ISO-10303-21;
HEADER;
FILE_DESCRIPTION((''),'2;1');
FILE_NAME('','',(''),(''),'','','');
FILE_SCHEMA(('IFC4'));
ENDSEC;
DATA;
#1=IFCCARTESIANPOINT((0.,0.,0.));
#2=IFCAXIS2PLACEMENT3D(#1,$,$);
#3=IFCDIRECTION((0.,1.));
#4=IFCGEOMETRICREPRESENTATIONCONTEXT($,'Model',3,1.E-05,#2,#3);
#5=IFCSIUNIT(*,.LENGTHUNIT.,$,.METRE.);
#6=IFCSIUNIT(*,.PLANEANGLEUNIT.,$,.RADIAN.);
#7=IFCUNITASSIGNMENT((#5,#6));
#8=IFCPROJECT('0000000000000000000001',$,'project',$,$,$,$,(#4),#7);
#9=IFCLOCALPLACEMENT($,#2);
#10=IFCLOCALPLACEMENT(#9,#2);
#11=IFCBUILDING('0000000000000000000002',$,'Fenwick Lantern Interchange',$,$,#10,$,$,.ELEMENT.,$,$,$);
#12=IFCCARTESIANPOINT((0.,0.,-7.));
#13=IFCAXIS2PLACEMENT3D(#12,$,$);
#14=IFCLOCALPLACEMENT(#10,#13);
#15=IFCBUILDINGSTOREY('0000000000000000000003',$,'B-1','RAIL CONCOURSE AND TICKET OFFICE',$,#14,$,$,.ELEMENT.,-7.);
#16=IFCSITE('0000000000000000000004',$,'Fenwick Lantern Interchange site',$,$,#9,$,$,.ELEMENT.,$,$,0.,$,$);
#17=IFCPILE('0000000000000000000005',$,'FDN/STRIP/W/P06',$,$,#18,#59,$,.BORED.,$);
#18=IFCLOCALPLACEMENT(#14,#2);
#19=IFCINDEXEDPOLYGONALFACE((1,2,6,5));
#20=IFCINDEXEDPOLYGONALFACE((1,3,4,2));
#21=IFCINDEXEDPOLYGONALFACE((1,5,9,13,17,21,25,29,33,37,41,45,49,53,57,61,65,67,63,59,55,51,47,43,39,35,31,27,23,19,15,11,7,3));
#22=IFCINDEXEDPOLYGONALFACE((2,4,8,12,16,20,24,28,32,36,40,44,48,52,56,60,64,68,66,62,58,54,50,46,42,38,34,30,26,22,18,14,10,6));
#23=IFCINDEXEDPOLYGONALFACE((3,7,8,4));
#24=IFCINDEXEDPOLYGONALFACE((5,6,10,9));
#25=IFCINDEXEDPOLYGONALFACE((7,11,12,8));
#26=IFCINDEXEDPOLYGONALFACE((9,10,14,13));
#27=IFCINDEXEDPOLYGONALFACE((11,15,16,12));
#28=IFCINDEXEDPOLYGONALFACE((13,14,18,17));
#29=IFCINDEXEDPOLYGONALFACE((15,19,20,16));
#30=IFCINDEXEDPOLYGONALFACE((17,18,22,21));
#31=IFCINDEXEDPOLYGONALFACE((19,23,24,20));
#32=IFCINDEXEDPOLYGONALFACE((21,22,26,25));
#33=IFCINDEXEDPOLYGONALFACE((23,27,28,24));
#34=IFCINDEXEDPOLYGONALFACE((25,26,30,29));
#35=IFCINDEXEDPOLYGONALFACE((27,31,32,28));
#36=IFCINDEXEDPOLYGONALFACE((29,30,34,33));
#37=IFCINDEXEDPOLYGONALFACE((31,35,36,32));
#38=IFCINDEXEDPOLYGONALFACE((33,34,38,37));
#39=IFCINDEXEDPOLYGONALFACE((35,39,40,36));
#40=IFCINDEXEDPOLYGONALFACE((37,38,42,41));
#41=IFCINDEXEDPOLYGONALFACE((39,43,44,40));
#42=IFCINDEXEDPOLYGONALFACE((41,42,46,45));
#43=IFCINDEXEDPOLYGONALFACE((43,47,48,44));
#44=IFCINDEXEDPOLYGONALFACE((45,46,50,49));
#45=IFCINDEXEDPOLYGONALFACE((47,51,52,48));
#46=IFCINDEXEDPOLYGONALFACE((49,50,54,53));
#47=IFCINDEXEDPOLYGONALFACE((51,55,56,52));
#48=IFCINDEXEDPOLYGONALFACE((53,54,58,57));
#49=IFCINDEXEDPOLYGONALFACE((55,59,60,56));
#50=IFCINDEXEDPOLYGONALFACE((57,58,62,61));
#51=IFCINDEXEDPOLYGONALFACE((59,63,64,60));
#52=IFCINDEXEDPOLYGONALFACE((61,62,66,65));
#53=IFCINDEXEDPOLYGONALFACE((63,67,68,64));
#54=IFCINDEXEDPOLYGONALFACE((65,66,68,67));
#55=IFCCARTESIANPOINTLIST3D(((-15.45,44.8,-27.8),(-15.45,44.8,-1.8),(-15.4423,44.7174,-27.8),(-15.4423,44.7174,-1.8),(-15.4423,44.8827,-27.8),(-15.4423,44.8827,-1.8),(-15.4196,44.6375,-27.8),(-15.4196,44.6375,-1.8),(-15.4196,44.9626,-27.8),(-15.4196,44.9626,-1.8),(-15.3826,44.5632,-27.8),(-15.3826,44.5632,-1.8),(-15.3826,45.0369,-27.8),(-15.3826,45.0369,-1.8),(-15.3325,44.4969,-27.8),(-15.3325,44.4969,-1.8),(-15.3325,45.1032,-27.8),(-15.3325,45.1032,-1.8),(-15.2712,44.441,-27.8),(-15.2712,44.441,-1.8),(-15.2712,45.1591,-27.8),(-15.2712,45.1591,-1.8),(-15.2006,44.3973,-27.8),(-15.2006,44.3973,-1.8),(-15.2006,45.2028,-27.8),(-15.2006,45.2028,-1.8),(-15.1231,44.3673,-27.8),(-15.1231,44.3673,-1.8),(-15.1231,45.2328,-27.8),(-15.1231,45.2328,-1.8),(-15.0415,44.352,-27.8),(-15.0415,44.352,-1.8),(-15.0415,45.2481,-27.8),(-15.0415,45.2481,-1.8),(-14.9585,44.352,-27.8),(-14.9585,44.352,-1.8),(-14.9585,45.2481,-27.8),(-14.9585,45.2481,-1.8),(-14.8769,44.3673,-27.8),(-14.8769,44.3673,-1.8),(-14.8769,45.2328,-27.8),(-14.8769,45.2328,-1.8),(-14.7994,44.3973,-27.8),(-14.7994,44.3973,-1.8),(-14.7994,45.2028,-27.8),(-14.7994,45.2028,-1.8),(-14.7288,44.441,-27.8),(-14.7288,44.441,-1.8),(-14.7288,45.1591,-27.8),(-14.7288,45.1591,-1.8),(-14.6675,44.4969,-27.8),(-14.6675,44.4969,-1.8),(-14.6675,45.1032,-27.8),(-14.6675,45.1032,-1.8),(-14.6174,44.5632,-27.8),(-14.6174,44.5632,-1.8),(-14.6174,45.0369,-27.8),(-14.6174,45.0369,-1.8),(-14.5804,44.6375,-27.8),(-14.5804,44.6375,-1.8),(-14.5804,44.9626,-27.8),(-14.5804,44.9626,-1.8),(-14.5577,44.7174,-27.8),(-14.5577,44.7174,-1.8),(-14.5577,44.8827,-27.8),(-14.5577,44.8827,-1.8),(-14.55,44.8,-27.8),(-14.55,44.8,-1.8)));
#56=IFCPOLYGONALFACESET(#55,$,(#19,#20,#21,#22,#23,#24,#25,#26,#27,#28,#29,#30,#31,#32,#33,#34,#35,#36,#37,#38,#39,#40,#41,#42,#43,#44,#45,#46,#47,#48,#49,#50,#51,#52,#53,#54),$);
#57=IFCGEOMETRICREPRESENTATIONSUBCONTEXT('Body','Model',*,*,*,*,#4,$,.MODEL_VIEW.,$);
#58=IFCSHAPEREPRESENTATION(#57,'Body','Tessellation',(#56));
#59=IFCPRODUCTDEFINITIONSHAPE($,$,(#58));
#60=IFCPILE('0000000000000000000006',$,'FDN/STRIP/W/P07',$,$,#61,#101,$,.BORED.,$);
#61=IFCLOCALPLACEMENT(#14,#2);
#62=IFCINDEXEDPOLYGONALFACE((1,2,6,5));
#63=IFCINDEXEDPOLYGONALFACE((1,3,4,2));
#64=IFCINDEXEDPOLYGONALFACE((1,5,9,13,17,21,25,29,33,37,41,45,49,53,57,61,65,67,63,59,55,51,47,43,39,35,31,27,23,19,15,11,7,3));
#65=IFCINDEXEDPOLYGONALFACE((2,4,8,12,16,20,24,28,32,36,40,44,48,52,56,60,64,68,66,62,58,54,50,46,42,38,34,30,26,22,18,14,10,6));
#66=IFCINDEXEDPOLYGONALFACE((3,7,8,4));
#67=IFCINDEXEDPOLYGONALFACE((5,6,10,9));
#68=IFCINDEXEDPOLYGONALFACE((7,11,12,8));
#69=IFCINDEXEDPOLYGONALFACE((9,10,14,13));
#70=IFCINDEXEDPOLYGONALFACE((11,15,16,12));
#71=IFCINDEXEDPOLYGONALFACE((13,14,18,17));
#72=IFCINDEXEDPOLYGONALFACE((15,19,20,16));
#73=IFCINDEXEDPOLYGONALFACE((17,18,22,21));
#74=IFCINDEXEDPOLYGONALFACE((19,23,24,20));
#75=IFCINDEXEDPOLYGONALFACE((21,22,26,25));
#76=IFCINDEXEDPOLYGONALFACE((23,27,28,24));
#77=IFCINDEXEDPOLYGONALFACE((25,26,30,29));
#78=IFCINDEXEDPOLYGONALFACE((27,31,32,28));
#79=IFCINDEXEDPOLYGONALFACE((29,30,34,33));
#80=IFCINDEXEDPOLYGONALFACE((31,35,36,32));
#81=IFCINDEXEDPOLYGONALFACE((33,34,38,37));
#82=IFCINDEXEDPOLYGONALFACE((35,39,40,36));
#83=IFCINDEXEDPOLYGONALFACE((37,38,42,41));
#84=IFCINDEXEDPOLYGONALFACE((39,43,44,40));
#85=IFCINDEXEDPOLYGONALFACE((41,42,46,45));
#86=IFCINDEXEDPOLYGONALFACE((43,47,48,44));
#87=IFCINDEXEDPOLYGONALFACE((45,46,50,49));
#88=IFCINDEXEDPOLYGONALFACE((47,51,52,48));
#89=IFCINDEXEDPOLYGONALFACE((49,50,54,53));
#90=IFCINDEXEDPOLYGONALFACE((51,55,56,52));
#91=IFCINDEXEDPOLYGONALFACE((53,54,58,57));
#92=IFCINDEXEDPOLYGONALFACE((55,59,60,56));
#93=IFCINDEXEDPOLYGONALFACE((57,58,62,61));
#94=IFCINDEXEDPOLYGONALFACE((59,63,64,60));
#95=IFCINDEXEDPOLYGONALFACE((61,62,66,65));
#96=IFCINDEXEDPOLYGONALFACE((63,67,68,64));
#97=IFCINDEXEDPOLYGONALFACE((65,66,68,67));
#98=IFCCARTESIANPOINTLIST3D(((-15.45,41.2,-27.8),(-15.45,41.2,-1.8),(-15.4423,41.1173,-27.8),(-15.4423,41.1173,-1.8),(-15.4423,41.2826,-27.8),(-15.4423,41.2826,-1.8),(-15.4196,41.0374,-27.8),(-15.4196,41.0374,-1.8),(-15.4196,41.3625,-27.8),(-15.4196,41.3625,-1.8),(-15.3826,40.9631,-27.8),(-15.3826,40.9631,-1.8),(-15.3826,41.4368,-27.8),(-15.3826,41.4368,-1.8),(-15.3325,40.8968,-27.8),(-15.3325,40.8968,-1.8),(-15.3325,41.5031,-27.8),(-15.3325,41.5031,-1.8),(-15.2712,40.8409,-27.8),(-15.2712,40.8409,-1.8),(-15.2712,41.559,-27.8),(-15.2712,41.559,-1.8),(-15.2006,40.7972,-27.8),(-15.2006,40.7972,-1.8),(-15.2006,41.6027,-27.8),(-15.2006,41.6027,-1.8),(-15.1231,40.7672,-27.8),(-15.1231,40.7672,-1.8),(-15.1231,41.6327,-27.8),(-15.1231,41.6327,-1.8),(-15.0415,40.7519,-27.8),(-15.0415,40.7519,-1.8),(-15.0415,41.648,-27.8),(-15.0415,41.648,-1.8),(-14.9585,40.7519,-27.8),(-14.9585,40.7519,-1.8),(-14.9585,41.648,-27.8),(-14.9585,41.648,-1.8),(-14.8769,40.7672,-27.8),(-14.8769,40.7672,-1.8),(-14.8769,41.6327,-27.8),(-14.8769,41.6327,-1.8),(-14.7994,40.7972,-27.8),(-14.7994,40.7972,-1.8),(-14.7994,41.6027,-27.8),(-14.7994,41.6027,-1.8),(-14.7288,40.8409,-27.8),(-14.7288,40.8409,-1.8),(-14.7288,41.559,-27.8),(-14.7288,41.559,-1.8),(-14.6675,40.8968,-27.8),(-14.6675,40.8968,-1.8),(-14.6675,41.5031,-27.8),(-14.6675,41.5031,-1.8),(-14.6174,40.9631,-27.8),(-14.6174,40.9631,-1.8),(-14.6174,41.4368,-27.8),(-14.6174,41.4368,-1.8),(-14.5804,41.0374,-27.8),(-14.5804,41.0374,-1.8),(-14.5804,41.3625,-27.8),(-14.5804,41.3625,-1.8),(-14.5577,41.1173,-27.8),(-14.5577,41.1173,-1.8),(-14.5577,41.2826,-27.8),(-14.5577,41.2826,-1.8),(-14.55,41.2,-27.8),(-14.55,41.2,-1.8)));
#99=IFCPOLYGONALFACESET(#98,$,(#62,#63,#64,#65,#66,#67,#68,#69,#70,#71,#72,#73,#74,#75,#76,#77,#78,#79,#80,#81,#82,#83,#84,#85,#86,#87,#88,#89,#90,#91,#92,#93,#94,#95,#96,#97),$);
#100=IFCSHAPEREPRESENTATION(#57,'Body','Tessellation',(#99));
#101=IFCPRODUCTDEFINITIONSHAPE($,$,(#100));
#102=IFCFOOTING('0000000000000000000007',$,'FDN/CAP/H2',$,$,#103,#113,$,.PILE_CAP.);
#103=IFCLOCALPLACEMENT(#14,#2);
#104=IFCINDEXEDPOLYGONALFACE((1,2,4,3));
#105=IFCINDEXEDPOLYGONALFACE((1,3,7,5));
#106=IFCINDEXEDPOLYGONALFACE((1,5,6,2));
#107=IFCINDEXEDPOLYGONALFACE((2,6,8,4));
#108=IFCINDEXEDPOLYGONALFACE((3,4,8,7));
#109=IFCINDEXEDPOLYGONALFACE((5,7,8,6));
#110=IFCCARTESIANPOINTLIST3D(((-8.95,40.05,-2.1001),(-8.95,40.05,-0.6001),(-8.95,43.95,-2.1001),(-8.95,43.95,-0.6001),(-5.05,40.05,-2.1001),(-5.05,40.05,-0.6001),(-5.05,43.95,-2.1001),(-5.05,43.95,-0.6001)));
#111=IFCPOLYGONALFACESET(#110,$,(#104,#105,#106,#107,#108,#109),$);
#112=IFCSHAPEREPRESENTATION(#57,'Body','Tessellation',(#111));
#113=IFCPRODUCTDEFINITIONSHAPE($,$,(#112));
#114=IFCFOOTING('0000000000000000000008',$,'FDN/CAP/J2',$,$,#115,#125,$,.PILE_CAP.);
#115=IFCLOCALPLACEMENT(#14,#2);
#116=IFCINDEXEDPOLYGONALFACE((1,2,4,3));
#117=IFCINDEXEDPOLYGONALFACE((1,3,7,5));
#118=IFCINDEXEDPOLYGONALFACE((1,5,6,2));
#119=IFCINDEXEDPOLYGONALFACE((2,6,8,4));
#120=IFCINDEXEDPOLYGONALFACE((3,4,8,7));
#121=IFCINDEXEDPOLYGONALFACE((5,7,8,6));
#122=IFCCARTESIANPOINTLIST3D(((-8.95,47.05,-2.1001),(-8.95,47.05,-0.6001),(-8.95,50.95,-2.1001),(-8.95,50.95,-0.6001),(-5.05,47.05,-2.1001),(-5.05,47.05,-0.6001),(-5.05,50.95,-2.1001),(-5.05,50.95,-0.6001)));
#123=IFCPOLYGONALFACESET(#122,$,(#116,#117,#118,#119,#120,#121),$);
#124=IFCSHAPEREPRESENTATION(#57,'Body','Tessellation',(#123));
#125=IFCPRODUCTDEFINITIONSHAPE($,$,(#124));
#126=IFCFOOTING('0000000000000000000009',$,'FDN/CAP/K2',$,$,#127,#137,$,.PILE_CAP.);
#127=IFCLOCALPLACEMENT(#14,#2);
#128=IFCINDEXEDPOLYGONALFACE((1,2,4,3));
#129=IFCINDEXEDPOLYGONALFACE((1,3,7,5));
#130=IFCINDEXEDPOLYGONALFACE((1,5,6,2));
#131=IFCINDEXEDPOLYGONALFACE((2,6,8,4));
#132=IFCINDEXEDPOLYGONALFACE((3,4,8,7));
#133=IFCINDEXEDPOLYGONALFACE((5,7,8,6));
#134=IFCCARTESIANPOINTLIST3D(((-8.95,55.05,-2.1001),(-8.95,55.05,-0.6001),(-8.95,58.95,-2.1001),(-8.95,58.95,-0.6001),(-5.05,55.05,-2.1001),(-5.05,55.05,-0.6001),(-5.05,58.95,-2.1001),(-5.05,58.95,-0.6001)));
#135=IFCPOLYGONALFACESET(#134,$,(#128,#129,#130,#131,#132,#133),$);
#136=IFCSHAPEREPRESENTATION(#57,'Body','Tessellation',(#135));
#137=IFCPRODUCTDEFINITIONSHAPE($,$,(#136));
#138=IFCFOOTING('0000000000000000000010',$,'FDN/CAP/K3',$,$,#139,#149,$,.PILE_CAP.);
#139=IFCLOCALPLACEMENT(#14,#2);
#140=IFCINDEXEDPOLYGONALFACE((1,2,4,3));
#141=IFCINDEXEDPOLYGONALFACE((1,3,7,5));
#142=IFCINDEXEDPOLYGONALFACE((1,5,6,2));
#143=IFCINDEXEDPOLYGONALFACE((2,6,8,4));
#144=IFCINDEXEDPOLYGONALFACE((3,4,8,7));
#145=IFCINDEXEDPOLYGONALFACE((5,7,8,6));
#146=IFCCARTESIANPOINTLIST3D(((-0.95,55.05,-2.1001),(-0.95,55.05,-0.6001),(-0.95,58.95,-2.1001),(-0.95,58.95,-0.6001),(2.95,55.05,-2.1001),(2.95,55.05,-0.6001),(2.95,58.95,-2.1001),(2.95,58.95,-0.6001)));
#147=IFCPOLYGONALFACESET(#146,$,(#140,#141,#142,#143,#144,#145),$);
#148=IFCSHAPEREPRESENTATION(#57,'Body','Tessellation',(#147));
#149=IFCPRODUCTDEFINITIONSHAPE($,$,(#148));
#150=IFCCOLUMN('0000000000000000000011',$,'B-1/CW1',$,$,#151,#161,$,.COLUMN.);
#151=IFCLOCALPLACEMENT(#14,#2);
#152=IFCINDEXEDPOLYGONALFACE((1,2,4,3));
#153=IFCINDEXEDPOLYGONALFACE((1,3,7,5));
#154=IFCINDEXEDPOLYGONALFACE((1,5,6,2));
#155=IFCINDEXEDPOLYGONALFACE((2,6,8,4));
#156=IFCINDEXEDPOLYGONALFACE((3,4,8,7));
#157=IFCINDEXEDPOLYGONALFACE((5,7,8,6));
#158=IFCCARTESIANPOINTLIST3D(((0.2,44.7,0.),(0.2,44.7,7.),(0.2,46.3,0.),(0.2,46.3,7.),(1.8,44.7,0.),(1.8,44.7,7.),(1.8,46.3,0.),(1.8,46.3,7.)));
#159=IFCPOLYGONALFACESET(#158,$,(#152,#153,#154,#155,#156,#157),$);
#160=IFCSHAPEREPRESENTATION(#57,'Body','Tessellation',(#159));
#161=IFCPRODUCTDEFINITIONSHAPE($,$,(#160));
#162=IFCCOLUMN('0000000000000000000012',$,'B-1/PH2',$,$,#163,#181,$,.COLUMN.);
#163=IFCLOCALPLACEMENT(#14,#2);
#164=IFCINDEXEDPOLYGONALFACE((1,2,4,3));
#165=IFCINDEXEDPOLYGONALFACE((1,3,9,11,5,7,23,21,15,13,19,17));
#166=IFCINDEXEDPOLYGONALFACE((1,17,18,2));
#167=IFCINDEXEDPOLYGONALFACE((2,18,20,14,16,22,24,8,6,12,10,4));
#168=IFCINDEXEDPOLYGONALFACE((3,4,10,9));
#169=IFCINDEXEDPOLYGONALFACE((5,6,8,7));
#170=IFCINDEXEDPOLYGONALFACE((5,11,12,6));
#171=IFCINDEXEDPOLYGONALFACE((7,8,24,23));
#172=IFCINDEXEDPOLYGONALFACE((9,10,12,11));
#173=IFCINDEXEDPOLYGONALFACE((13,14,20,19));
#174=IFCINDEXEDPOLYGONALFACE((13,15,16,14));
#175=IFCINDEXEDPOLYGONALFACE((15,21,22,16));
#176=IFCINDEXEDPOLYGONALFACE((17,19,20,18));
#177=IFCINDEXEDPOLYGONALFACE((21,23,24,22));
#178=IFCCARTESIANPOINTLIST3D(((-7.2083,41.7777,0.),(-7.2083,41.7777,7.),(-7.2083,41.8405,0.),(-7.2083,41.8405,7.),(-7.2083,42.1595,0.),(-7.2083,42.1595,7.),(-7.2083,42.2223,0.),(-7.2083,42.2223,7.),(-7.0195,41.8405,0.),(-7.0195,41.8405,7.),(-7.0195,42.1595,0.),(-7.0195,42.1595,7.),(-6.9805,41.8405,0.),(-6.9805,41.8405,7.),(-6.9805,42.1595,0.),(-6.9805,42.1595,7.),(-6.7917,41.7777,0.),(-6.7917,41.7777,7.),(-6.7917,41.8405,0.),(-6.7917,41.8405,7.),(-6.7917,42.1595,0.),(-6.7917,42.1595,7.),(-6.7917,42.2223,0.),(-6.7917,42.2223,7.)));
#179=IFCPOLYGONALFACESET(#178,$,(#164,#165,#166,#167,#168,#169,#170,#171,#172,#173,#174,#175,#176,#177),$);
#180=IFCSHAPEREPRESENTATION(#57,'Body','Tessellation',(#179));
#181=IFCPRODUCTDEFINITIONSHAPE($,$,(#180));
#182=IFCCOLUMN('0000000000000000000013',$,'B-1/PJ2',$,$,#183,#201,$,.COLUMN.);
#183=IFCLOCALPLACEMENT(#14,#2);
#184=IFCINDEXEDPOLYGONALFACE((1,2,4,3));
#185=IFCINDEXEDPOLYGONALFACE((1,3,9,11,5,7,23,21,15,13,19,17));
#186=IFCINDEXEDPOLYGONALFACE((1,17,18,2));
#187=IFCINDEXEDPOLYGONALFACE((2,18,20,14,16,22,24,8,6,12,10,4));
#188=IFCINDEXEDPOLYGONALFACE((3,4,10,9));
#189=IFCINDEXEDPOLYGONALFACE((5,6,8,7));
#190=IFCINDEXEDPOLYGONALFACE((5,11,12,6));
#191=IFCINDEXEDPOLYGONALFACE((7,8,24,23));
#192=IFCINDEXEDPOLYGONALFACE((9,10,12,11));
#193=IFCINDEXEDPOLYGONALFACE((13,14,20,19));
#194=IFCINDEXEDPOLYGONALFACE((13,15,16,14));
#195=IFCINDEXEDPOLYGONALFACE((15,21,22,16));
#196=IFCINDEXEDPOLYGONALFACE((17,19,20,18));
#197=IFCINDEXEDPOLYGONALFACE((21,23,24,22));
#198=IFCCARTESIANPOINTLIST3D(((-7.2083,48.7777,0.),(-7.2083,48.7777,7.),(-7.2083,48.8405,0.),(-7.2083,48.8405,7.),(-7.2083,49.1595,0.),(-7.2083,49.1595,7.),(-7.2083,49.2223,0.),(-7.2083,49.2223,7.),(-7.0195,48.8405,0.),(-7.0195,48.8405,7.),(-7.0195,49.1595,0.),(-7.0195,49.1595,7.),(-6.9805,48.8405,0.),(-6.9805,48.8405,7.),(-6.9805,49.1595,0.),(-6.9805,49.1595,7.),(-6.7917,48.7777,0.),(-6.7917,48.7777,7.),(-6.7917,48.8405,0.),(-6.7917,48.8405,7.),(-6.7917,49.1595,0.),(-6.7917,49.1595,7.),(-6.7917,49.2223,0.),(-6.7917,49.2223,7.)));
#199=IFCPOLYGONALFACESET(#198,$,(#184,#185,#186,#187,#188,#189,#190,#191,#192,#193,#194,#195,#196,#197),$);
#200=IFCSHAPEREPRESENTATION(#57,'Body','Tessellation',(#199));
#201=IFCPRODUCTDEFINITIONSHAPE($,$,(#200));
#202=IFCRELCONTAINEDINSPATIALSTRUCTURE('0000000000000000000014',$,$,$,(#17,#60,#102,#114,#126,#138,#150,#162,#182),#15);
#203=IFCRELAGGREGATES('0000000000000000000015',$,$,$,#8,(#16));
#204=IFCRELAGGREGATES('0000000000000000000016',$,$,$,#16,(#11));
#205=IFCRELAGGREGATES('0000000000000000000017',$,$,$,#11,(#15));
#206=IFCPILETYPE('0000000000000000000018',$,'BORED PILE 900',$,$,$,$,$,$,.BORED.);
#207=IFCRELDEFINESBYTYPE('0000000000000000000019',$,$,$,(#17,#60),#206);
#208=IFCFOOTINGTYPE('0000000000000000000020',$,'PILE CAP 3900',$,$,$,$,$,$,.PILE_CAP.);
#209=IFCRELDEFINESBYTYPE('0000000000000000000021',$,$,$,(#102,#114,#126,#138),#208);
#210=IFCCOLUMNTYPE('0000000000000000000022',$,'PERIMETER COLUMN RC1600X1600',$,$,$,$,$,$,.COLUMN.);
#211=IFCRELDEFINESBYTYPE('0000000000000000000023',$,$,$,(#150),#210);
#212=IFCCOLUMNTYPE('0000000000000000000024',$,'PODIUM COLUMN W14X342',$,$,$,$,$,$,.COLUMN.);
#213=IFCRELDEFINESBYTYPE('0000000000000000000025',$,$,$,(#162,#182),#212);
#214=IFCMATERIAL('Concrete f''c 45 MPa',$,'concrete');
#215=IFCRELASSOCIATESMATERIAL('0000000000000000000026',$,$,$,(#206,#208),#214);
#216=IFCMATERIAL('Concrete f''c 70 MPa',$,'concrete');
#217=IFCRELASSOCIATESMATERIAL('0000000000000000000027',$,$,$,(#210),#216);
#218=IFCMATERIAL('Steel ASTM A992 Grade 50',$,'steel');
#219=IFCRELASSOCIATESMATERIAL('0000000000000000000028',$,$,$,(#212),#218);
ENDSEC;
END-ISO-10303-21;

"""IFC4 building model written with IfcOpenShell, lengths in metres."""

from ifc_helpers import new_model, si_unit, direction, frame, origin, origin_2d, place, context, subcontext, project, spatial, rectangle, circle, i_section, extrude, material, material_profile, profile_set, type_object, element, save


model = new_model("IFC4")

# Units and contexts
model_context = context("Model", 3, precision=1e-05, world=origin(), true_north=direction((0.0, 1.0)))
body_context = subcontext(model_context, "Body", "Model", "MODEL_VIEW")
ifc_project = project(units=[si_unit("LENGTHUNIT", "METRE"), si_unit("PLANEANGLEUNIT", "RADIAN")], contexts=[model_context])

# Site, building, storey
site_placement = place(None, origin())
site = spatial("IfcSite", under=ifc_project, at=site_placement, Name="Fenwick Lantern Interchange site", CompositionType="ELEMENT", RefElevation=0.0)
building_placement = place(site_placement, origin())
building = spatial("IfcBuilding", under=site, at=building_placement, Name="Fenwick Lantern Interchange", CompositionType="ELEMENT")
storey_placement = place(building_placement, frame((0.0, 0.0, -7.0)))
storey = spatial("IfcBuildingStorey", under=building, at=storey_placement, Name="B-1", Description="RAIL CONCOURSE AND TICKET OFFICE", CompositionType="ELEMENT", Elevation=-7.0)

# Piles
ifc_material_1 = material(Name="Concrete f'c 45 MPa", Category="concrete")
pile_type_1 = type_object("IfcPileType", Name="BORED PILE 900", PredefinedType="BORED", material=ifc_material_1)
for number, where, z_axis, x_axis, name in (
    (1, (-15.0, 44.8, -1.8), (0.0, 0.0, -1.0), (1.0, 0.0, 0.0), "FDN/STRIP/W/P06"),
    (2, (-15.0, 41.2, -1.8), (0.0, 0.0, -1.0), (1.0, 0.0, 0.0), "FDN/STRIP/W/P07"),
):
    element("IfcPile", number, at=place(storey_placement, frame(where, z_axis=z_axis, x_axis=x_axis)), inside=storey, type_object=pile_type_1, Name=name, PredefinedType="BORED", context=body_context, shape_type="SweptSolid", body=[
        extrude(circle(Radius=0.45, at=origin_2d()), origin(), (0.0, 0.0, 1.0), 26.0),
    ])

# Footings
footing_type = type_object("IfcFootingType", Name="PILE CAP 3900", PredefinedType="PILE_CAP", material=ifc_material_1)
for number, where, z_axis, x_axis, name in (
    (3, (-7.0, 42.0, -2.1001), (0.0, 0.0, 1.0), (1.0, 0.0, 0.0), "FDN/CAP/H2"),
    (4, (-7.0, 49.0, -2.1001), (0.0, 0.0, 1.0), (1.0, 0.0, 0.0), "FDN/CAP/J2"),
    (5, (-7.0, 57.0, -2.1001), (0.0, 0.0, 1.0), (1.0, 0.0, 0.0), "FDN/CAP/K2"),
    (6, (1.0, 57.0, -2.1001), (0.0, 0.0, 1.0), (1.0, 0.0, 0.0), "FDN/CAP/K3"),
):
    element("IfcFooting", number, at=place(storey_placement, frame(where, z_axis=z_axis, x_axis=x_axis)), inside=storey, type_object=footing_type, Name=name, PredefinedType="PILE_CAP", context=body_context, shape_type="SweptSolid", body=[
        extrude(rectangle(XDim=3.8999, YDim=3.8999, at=origin_2d()), origin(), (0.0, 0.0, 1.0), 1.5),
    ])

# Columns
ifc_material_2 = material(Name="Concrete f'c 70 MPa", Category="concrete")
ifc_material_profile_1 = material_profile(ifc_material_2, rectangle(XDim=1.6001, YDim=1.6001, at=origin_2d()), Name="RC1600X1600")
ifc_profile_set_1 = profile_set([ifc_material_profile_1], Name="Concrete f'c 70 MPa")
column_type_1 = type_object("IfcColumnType", Name="PERIMETER COLUMN RC1600X1600", PredefinedType="COLUMN", material=ifc_profile_set_1)
column_placement = place(storey_placement, frame((1.0, 45.5, 0.0), z_axis=(0.0, 0.0, 1.0), x_axis=(1.0, 0.0, 0.0)))
element("IfcColumn", 7, at=column_placement, inside=storey, type_object=column_type_1, Name="B-1/CW1", PredefinedType="COLUMN", context=body_context, shape_type="SweptSolid", body=[
    extrude(rectangle(XDim=1.6001, YDim=1.6001, at=origin_2d()), origin(), (0.0, 0.0, 1.0), 7.0),
])
ifc_material_3 = material(Name="Steel ASTM A992 Grade 50", Category="steel")
ifc_material_profile_2 = material_profile(ifc_material_3, i_section(OverallWidth=0.4165, OverallDepth=0.4446, WebThickness=0.0391, FlangeThickness=0.0627, at=origin_2d()), Name="W14X342")
ifc_profile_set_2 = profile_set([ifc_material_profile_2], Name="Steel ASTM A992 Grade 50")
column_type_2 = type_object("IfcColumnType", Name="PODIUM COLUMN W14X342", PredefinedType="COLUMN", material=ifc_profile_set_2)
for number, where, z_axis, x_axis, name in (
    (8, (-7.0, 42.0, 0.0), (0.0, 0.0, 1.0), (1.0, 0.0, 0.0), "B-1/PH2"),
    (9, (-7.0, 49.0, 0.0), (0.0, 0.0, 1.0), (1.0, 0.0, 0.0), "B-1/PJ2"),
):
    element("IfcColumn", number, at=place(storey_placement, frame(where, z_axis=z_axis, x_axis=x_axis)), inside=storey, type_object=column_type_2, Name=name, PredefinedType="COLUMN", context=body_context, shape_type="SweptSolid", body=[
        extrude(i_section(OverallWidth=0.4165, OverallDepth=0.4446, WebThickness=0.0391, FlangeThickness=0.0627, at=origin_2d()), origin(), (0.0, 0.0, 1.0), 7.0),
    ])

save(model, "model.ifc")
